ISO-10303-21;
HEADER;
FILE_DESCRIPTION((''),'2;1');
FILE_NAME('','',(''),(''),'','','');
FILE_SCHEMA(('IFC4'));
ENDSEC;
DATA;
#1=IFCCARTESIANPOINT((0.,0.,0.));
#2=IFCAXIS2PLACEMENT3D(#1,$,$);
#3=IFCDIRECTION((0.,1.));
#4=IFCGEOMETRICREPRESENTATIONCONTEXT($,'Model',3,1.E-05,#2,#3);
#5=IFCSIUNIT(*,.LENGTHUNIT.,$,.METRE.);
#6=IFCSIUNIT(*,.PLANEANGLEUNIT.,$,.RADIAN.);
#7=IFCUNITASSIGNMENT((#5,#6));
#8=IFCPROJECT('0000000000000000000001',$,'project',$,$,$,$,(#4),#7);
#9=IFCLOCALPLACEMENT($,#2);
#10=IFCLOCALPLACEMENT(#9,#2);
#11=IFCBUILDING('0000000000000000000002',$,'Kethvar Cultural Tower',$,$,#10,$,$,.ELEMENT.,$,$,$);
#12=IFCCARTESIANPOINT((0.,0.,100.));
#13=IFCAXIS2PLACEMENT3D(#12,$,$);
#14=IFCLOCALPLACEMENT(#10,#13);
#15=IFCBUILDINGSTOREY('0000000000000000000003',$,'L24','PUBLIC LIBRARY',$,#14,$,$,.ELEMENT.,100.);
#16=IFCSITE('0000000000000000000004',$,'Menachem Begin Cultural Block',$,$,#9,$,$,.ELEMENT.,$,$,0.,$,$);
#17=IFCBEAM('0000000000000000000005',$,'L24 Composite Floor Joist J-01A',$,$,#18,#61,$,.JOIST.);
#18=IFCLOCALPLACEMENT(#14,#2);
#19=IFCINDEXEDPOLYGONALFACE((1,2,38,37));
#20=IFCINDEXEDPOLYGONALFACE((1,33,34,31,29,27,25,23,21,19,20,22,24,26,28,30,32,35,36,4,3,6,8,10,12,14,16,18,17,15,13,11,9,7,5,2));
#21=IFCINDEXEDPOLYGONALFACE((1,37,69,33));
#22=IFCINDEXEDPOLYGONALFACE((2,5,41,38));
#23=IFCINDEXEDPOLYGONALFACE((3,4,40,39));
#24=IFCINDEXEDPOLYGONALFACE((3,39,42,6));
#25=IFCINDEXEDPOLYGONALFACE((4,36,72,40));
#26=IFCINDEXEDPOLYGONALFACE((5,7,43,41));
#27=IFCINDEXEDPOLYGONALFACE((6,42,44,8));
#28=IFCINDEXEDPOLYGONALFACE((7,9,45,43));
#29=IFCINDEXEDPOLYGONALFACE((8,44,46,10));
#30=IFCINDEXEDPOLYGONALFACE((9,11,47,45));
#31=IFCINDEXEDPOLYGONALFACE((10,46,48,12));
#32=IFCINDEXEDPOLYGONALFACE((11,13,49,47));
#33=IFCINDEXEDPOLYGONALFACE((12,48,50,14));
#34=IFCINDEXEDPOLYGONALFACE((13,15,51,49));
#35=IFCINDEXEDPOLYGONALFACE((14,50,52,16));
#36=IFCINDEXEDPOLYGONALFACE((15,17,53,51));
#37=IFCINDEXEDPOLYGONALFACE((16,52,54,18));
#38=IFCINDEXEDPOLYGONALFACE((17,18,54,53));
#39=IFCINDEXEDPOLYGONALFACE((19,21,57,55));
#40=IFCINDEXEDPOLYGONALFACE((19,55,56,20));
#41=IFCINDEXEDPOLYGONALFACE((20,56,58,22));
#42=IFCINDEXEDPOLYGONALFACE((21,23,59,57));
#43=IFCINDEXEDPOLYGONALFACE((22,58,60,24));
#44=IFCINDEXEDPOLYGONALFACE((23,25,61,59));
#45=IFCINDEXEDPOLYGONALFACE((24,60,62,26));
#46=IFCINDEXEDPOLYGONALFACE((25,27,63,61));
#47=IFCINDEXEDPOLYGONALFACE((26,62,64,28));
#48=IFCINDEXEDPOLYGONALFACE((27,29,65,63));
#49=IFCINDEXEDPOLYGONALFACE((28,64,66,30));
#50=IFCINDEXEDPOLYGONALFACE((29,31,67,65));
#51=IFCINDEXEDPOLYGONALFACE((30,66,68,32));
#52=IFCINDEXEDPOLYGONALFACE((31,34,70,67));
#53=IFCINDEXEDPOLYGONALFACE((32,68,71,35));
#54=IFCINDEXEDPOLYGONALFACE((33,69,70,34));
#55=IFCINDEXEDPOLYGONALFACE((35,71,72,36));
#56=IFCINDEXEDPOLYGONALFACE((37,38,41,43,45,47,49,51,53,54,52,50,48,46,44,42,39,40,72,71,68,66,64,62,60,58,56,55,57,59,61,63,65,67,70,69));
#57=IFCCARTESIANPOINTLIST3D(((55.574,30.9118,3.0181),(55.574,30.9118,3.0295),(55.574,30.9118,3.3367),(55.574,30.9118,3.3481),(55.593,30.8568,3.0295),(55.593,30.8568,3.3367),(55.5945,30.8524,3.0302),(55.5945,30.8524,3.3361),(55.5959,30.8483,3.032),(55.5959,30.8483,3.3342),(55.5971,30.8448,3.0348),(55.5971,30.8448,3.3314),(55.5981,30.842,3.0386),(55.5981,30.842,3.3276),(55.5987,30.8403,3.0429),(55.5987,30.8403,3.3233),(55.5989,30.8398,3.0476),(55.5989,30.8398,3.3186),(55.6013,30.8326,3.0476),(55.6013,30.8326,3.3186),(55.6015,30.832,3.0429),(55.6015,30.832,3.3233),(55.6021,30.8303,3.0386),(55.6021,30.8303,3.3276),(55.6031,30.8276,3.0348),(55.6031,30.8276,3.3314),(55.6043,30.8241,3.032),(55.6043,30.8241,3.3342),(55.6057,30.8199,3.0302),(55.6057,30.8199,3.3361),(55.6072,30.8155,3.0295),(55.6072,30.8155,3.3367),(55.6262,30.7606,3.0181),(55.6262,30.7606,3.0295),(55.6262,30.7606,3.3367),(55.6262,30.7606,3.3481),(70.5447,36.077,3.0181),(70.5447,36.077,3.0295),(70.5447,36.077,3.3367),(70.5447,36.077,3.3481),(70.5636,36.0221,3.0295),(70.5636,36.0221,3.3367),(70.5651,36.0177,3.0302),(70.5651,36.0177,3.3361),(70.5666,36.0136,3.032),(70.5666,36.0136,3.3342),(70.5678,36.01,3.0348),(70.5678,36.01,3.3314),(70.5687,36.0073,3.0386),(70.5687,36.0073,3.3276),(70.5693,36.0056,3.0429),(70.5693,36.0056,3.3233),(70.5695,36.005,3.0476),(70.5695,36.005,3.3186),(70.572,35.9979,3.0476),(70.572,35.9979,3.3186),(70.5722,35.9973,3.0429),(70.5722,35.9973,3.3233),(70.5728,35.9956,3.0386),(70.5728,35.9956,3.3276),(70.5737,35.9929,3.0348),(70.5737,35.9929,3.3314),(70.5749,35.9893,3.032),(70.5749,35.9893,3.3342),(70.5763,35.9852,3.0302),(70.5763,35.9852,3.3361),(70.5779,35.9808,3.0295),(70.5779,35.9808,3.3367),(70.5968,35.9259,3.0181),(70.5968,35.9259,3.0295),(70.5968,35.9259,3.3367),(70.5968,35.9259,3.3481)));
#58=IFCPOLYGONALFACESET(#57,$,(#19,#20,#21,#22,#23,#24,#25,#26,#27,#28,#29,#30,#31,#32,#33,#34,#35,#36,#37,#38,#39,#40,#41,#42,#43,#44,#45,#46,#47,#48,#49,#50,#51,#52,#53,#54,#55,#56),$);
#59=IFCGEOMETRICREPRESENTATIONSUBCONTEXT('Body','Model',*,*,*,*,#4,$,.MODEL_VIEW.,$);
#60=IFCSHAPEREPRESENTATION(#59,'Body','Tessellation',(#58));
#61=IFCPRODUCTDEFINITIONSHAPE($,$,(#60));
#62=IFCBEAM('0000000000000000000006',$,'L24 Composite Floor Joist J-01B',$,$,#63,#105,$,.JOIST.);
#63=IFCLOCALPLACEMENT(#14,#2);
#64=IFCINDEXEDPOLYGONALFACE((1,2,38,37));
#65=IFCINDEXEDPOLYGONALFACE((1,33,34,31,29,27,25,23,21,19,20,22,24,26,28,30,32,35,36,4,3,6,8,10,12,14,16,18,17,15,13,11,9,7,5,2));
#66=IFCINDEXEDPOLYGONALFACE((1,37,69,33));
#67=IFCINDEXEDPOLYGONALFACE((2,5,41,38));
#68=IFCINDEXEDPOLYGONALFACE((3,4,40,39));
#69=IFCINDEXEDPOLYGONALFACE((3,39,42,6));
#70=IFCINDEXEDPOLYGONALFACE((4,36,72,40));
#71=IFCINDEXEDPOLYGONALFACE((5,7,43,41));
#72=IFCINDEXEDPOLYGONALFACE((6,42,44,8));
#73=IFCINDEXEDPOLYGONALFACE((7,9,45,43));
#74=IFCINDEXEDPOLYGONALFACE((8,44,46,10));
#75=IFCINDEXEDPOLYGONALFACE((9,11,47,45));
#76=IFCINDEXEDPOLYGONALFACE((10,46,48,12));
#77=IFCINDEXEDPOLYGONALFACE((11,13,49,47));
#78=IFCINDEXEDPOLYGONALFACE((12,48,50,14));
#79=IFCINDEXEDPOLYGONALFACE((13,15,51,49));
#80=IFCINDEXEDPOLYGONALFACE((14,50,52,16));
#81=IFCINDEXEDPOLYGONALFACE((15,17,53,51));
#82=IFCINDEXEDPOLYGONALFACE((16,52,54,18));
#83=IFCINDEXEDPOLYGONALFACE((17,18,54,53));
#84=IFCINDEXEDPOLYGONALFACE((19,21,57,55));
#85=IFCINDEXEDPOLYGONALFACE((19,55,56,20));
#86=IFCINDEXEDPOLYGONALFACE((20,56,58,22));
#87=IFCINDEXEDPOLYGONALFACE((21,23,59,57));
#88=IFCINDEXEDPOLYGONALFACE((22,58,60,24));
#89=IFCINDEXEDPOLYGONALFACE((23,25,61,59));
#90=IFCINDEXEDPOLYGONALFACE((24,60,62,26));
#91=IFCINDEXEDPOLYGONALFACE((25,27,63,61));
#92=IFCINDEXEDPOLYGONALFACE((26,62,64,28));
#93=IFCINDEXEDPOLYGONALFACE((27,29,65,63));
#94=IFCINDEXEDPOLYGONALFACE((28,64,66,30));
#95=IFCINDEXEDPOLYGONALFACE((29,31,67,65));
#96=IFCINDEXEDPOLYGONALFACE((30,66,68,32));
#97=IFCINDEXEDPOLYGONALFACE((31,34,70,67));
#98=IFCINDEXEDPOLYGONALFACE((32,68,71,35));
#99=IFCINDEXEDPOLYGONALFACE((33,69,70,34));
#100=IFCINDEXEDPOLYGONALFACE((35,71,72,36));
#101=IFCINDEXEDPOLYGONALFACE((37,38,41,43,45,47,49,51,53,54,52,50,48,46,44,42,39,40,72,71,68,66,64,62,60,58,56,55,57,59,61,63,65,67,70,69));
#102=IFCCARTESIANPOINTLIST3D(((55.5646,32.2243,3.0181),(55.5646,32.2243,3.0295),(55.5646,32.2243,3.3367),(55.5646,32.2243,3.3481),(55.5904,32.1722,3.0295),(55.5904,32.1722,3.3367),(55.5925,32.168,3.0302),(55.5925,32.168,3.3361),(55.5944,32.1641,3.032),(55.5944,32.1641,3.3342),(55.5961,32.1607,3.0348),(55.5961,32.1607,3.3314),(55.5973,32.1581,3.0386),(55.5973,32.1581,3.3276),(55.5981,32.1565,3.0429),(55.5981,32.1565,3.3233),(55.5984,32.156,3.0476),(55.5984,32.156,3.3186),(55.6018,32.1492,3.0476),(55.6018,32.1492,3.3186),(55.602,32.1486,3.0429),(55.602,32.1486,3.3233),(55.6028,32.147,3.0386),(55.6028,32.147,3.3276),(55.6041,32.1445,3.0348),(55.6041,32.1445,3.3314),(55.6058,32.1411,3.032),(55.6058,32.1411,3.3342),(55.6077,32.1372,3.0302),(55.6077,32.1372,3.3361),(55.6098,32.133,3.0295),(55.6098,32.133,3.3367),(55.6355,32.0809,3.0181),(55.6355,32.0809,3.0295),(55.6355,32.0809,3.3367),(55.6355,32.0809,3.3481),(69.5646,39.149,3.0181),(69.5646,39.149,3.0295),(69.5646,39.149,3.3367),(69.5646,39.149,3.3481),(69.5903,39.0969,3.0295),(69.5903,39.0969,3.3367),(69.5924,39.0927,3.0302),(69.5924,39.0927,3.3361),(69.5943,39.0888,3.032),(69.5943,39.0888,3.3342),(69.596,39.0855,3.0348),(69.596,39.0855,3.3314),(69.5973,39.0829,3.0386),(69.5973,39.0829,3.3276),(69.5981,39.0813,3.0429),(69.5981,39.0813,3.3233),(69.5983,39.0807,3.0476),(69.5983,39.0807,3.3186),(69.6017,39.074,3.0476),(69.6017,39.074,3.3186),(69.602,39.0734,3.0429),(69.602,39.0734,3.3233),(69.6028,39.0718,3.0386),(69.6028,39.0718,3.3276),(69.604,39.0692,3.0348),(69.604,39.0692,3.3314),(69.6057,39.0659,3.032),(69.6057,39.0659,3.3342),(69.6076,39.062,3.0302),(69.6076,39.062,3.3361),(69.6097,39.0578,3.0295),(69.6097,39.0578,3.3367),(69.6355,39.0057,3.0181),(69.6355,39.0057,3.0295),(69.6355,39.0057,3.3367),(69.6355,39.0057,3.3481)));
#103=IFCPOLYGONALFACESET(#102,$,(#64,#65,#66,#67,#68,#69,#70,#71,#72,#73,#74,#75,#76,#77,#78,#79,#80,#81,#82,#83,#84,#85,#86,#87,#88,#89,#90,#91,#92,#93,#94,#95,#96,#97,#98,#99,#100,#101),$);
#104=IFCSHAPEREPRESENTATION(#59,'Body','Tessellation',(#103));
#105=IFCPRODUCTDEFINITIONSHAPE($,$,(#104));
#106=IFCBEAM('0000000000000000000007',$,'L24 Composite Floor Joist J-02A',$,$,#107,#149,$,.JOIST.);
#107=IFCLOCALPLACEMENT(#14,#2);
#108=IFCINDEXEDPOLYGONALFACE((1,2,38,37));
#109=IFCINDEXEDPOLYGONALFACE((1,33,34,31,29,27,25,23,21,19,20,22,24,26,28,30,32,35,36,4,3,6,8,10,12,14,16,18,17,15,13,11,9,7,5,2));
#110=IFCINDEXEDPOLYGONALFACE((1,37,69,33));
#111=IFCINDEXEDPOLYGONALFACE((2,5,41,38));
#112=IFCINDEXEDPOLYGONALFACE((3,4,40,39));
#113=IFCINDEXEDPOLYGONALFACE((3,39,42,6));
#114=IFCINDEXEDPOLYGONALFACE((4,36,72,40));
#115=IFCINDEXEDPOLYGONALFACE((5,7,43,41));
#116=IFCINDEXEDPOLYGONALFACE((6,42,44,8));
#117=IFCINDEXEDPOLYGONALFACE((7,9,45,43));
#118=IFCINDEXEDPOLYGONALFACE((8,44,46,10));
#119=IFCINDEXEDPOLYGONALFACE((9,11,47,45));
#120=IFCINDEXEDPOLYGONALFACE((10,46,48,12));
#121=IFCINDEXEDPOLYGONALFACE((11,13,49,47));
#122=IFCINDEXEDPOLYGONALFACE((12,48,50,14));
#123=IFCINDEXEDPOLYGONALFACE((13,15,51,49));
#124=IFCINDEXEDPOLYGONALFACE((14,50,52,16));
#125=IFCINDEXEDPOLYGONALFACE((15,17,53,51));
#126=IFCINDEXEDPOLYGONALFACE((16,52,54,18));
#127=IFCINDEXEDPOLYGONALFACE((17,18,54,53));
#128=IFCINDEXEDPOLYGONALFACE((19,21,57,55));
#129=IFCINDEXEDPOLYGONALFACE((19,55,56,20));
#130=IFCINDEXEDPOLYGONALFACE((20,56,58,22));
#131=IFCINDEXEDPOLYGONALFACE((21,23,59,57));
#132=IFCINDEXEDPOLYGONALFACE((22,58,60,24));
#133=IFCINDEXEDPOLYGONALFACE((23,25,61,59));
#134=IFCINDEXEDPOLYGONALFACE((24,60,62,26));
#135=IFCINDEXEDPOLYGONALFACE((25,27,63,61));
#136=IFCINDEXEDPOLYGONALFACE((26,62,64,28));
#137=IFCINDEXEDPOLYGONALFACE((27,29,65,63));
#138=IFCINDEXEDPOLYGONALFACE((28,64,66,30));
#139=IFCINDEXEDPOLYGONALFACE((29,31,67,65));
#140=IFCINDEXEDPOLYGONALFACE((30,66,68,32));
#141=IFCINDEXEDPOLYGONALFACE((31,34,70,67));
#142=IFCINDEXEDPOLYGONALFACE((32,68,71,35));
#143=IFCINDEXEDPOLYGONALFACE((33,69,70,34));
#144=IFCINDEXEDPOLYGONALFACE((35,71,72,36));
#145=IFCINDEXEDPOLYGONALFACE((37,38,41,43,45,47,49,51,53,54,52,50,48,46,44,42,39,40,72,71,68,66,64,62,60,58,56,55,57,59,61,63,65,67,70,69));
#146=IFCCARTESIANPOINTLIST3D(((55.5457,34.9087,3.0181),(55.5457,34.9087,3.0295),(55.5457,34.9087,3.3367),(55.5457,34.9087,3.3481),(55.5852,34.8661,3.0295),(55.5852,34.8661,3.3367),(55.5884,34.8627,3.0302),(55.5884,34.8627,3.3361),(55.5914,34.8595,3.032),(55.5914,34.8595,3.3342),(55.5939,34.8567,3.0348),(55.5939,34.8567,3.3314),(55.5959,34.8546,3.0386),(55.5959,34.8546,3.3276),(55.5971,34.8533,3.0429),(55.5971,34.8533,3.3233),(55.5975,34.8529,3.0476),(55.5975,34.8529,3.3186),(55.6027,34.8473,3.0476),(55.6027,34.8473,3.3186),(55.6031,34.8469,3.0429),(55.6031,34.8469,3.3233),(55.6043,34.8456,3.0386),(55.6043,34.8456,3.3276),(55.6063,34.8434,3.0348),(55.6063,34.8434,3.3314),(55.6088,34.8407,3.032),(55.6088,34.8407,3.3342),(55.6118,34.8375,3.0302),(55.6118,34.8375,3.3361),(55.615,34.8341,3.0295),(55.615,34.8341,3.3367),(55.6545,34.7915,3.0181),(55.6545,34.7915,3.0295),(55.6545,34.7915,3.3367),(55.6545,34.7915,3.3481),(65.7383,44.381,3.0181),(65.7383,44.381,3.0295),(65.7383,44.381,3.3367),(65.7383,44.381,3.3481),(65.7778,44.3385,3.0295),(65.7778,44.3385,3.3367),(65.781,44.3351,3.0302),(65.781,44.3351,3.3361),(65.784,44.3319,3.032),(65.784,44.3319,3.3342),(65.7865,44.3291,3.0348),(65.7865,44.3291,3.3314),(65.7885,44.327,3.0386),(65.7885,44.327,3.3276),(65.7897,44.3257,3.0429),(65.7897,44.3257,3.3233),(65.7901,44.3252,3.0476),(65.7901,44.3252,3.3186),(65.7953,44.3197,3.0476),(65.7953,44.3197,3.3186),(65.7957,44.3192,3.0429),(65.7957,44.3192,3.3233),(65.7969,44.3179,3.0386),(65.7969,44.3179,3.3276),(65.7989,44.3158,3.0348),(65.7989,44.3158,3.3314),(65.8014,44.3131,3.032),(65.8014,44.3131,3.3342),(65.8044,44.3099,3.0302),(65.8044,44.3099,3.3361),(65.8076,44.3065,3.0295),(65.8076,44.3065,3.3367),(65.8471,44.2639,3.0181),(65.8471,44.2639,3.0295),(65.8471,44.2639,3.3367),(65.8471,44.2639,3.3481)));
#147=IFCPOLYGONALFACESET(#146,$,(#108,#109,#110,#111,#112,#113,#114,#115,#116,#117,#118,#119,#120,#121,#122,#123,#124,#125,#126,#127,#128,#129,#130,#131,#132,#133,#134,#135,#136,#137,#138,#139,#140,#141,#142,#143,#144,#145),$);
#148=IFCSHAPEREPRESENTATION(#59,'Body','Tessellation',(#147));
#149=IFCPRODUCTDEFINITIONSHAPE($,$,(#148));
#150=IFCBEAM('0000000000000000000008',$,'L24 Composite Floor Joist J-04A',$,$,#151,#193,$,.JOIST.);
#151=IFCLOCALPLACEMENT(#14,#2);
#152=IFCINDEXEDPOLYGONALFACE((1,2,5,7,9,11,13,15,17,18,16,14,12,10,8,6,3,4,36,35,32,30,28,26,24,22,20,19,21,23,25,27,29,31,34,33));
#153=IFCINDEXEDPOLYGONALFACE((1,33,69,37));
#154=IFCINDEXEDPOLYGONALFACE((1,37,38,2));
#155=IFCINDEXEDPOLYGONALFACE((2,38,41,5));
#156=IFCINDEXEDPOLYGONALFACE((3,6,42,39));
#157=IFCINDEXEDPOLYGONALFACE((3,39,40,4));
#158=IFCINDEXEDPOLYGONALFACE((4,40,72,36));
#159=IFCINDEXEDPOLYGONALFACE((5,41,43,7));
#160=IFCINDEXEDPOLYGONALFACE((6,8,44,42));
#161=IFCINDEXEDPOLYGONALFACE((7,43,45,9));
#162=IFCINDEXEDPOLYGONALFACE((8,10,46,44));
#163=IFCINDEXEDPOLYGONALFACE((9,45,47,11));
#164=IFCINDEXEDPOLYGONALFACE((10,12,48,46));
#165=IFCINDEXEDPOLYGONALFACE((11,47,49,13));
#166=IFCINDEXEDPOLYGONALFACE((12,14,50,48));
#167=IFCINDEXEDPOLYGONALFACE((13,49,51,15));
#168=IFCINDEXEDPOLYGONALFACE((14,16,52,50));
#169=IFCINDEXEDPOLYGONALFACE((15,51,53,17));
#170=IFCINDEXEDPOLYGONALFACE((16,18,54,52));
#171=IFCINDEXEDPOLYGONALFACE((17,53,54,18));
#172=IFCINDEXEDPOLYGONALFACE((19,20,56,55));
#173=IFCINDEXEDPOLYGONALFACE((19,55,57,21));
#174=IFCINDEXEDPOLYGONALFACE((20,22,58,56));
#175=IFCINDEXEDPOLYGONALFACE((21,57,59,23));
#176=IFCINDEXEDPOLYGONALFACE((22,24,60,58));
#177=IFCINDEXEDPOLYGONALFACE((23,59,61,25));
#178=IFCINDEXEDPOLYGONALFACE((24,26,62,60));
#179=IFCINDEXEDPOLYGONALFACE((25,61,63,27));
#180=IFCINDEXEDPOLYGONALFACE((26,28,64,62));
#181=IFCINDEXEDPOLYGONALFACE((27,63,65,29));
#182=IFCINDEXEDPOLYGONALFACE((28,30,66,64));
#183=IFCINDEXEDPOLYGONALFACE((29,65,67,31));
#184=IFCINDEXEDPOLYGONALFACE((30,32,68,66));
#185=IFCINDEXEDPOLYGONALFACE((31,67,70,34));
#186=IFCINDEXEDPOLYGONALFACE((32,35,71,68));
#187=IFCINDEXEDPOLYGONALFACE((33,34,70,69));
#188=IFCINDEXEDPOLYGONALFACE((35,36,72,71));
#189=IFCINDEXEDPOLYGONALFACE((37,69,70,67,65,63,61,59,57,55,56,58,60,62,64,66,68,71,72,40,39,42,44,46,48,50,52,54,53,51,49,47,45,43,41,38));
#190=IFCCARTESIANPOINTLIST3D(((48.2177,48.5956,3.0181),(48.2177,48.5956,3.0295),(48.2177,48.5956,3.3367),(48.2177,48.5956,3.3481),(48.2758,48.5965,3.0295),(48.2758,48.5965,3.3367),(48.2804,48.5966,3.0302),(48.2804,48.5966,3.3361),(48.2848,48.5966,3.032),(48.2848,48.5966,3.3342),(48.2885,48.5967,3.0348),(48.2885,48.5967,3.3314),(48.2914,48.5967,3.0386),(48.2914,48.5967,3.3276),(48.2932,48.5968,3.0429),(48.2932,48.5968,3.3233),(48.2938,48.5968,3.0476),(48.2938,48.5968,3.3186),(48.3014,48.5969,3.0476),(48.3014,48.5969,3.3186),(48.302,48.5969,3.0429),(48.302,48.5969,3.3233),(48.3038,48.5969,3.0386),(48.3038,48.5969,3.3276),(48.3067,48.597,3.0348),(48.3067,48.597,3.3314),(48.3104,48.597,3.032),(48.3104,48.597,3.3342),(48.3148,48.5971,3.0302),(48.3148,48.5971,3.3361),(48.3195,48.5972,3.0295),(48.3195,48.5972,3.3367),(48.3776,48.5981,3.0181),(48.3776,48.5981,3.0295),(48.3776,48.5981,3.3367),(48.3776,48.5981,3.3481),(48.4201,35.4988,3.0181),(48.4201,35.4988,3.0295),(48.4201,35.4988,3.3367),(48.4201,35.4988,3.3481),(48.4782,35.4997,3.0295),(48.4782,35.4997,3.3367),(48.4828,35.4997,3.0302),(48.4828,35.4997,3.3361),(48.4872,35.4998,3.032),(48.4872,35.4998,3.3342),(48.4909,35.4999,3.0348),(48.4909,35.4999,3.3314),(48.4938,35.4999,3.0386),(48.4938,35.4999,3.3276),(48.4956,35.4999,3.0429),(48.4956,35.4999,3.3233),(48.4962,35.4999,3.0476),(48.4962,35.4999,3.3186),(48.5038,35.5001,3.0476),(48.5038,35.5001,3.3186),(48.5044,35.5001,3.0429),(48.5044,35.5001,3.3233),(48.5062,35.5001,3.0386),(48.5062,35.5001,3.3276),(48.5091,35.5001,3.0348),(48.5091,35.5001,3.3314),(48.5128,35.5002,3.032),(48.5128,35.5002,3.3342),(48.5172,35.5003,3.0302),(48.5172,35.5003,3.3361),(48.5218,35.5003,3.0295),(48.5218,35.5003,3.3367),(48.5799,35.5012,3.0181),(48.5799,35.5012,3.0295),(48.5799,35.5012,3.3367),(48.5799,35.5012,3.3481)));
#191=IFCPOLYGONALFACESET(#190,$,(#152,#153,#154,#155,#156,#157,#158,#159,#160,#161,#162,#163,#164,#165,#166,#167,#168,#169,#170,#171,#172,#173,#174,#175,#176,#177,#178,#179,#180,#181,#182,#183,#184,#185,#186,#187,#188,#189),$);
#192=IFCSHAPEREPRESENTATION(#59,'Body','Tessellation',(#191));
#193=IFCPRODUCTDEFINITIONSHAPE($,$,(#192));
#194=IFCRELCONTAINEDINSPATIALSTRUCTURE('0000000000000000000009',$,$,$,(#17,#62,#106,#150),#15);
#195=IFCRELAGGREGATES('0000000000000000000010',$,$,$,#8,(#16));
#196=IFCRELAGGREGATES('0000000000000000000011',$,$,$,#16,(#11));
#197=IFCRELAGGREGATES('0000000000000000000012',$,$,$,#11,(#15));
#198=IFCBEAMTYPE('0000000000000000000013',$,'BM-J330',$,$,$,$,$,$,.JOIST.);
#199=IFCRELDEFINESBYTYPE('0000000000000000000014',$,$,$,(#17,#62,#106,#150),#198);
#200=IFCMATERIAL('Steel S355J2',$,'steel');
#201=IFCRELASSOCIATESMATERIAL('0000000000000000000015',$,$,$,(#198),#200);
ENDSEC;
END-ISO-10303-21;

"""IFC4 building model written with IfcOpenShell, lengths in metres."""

from ifc_helpers import new_model, si_unit, direction, frame, origin, origin_2d, place, context, subcontext, project, spatial, i_section, extrude, source, transform, mapped, material, material_profile, profile_set, type_object, element, save


model = new_model("IFC4")

# Units and contexts
model_context = context("Model", 3, precision=1e-05, world=origin(), true_north=direction((0.0, 1.0)))
body_context = subcontext(model_context, "Body", "Model", "MODEL_VIEW")
ifc_project = project(units=[si_unit("LENGTHUNIT", "METRE"), si_unit("PLANEANGLEUNIT", "RADIAN")], contexts=[model_context])

# Site, building, storey
site_placement = place(None, origin())
site = spatial("IfcSite", under=ifc_project, at=site_placement, Name="Menachem Begin Cultural Block", CompositionType="ELEMENT", RefElevation=0.0)
building_placement = place(site_placement, origin())
building = spatial("IfcBuilding", under=site, at=building_placement, Name="Kethvar Cultural Tower", CompositionType="ELEMENT")
storey_placement = place(building_placement, frame((0.0, 0.0, 100.0)))
storey = spatial("IfcBuildingStorey", under=building, at=storey_placement, Name="L24", Description="PUBLIC LIBRARY", CompositionType="ELEMENT", Elevation=100.0)

# Beams
ifc_material_1 = material(Name="Steel S355J2", Category="steel")
ifc_material_profile_1 = material_profile(ifc_material_1, i_section(OverallWidth=0.1599, OverallDepth=0.3301, WebThickness=0.0076, FlangeThickness=0.0115, FilletRadius=0.0181, at=origin_2d()), Name="Steel S355J2 — IPE330")
ifc_profile_set_1 = profile_set([ifc_material_profile_1], Name="Steel S355J2 — IPE330")
beam_type_1 = type_object("IfcBeamType", Name="BM-J330", PredefinedType="JOIST", material=ifc_profile_set_1)
shared_shape_1 = source(origin(), body_context, "Body", "SweptSolid", [
    extrude(i_section(OverallWidth=0.1599, OverallDepth=0.3301, WebThickness=0.0076, FlangeThickness=0.0115, FilletRadius=0.0181, at=origin_2d()), origin(), (0.0, 0.0, 1.0), 15.8367),
])
beam_1_placement = place(storey_placement, frame((55.6001, 30.8362, 3.1831), z_axis=(0.945315, 0.326158, 0.0), x_axis=(-0.326158, 0.945315, 0.0)))
element("IfcBeam", 1, at=beam_1_placement, inside=storey, type_object=beam_type_1, Name="L24 Composite Floor Joist J-01A", PredefinedType="JOIST", context=body_context, shape_type="MappedRepresentation", body=[
    mapped(shared_shape_1, transform((0.0, 0.0, 0.0), scale=1.0)),
])
shared_shape_2 = source(origin(), body_context, "Body", "SweptSolid", [
    extrude(i_section(OverallWidth=0.1599, OverallDepth=0.3301, WebThickness=0.0076, FlangeThickness=0.0115, FilletRadius=0.0181, at=origin_2d()), origin(), (0.0, 0.0, 1.0), 15.6189),
])
beam_2_placement = place(storey_placement, frame((55.6001, 32.1526, 3.1831), z_axis=(0.896345, 0.443358, 0.0), x_axis=(-0.443358, 0.896345, 0.0)))
element("IfcBeam", 2, at=beam_2_placement, inside=storey, type_object=beam_type_1, Name="L24 Composite Floor Joist J-01B", PredefinedType="JOIST", context=body_context, shape_type="MappedRepresentation", body=[
    mapped(shared_shape_2, transform((0.0, 0.0, 0.0), scale=1.0)),
])
shared_shape_3 = source(origin(), body_context, "Body", "SweptSolid", [
    extrude(i_section(OverallWidth=0.1599, OverallDepth=0.3301, WebThickness=0.0076, FlangeThickness=0.0115, FilletRadius=0.0181, at=origin_2d()), origin(), (0.0, 0.0, 1.0), 13.9146),
])
beam_3_placement = place(storey_placement, frame((55.6001, 34.8501, 3.1831), z_axis=(0.732513, 0.680753, 0.0), x_axis=(-0.680753, 0.732513, 0.0)))
element("IfcBeam", 3, at=beam_3_placement, inside=storey, type_object=beam_type_1, Name="L24 Composite Floor Joist J-02A", PredefinedType="JOIST", context=body_context, shape_type="MappedRepresentation", body=[
    mapped(shared_shape_3, transform((0.0, 0.0, 0.0), scale=1.0)),
])
shared_shape_4 = source(origin(), body_context, "Body", "SweptSolid", [
    extrude(i_section(OverallWidth=0.1599, OverallDepth=0.3301, WebThickness=0.0076, FlangeThickness=0.0115, FilletRadius=0.0181, at=origin_2d()), origin(), (0.0, 0.0, 1.0), 13.0984),
])
beam_4_placement = place(storey_placement, frame((48.5, 35.5, 3.1831), z_axis=(-0.015452, 0.999881, 0.0), x_axis=(-0.999881, -0.015452, 0.0)))
element("IfcBeam", 4, at=beam_4_placement, inside=storey, type_object=beam_type_1, Name="L24 Composite Floor Joist J-04A", PredefinedType="JOIST", context=body_context, shape_type="MappedRepresentation", body=[
    mapped(shared_shape_4, transform((0.0, 0.0, 0.0), scale=1.0)),
])

save(model, "model.ifc")
